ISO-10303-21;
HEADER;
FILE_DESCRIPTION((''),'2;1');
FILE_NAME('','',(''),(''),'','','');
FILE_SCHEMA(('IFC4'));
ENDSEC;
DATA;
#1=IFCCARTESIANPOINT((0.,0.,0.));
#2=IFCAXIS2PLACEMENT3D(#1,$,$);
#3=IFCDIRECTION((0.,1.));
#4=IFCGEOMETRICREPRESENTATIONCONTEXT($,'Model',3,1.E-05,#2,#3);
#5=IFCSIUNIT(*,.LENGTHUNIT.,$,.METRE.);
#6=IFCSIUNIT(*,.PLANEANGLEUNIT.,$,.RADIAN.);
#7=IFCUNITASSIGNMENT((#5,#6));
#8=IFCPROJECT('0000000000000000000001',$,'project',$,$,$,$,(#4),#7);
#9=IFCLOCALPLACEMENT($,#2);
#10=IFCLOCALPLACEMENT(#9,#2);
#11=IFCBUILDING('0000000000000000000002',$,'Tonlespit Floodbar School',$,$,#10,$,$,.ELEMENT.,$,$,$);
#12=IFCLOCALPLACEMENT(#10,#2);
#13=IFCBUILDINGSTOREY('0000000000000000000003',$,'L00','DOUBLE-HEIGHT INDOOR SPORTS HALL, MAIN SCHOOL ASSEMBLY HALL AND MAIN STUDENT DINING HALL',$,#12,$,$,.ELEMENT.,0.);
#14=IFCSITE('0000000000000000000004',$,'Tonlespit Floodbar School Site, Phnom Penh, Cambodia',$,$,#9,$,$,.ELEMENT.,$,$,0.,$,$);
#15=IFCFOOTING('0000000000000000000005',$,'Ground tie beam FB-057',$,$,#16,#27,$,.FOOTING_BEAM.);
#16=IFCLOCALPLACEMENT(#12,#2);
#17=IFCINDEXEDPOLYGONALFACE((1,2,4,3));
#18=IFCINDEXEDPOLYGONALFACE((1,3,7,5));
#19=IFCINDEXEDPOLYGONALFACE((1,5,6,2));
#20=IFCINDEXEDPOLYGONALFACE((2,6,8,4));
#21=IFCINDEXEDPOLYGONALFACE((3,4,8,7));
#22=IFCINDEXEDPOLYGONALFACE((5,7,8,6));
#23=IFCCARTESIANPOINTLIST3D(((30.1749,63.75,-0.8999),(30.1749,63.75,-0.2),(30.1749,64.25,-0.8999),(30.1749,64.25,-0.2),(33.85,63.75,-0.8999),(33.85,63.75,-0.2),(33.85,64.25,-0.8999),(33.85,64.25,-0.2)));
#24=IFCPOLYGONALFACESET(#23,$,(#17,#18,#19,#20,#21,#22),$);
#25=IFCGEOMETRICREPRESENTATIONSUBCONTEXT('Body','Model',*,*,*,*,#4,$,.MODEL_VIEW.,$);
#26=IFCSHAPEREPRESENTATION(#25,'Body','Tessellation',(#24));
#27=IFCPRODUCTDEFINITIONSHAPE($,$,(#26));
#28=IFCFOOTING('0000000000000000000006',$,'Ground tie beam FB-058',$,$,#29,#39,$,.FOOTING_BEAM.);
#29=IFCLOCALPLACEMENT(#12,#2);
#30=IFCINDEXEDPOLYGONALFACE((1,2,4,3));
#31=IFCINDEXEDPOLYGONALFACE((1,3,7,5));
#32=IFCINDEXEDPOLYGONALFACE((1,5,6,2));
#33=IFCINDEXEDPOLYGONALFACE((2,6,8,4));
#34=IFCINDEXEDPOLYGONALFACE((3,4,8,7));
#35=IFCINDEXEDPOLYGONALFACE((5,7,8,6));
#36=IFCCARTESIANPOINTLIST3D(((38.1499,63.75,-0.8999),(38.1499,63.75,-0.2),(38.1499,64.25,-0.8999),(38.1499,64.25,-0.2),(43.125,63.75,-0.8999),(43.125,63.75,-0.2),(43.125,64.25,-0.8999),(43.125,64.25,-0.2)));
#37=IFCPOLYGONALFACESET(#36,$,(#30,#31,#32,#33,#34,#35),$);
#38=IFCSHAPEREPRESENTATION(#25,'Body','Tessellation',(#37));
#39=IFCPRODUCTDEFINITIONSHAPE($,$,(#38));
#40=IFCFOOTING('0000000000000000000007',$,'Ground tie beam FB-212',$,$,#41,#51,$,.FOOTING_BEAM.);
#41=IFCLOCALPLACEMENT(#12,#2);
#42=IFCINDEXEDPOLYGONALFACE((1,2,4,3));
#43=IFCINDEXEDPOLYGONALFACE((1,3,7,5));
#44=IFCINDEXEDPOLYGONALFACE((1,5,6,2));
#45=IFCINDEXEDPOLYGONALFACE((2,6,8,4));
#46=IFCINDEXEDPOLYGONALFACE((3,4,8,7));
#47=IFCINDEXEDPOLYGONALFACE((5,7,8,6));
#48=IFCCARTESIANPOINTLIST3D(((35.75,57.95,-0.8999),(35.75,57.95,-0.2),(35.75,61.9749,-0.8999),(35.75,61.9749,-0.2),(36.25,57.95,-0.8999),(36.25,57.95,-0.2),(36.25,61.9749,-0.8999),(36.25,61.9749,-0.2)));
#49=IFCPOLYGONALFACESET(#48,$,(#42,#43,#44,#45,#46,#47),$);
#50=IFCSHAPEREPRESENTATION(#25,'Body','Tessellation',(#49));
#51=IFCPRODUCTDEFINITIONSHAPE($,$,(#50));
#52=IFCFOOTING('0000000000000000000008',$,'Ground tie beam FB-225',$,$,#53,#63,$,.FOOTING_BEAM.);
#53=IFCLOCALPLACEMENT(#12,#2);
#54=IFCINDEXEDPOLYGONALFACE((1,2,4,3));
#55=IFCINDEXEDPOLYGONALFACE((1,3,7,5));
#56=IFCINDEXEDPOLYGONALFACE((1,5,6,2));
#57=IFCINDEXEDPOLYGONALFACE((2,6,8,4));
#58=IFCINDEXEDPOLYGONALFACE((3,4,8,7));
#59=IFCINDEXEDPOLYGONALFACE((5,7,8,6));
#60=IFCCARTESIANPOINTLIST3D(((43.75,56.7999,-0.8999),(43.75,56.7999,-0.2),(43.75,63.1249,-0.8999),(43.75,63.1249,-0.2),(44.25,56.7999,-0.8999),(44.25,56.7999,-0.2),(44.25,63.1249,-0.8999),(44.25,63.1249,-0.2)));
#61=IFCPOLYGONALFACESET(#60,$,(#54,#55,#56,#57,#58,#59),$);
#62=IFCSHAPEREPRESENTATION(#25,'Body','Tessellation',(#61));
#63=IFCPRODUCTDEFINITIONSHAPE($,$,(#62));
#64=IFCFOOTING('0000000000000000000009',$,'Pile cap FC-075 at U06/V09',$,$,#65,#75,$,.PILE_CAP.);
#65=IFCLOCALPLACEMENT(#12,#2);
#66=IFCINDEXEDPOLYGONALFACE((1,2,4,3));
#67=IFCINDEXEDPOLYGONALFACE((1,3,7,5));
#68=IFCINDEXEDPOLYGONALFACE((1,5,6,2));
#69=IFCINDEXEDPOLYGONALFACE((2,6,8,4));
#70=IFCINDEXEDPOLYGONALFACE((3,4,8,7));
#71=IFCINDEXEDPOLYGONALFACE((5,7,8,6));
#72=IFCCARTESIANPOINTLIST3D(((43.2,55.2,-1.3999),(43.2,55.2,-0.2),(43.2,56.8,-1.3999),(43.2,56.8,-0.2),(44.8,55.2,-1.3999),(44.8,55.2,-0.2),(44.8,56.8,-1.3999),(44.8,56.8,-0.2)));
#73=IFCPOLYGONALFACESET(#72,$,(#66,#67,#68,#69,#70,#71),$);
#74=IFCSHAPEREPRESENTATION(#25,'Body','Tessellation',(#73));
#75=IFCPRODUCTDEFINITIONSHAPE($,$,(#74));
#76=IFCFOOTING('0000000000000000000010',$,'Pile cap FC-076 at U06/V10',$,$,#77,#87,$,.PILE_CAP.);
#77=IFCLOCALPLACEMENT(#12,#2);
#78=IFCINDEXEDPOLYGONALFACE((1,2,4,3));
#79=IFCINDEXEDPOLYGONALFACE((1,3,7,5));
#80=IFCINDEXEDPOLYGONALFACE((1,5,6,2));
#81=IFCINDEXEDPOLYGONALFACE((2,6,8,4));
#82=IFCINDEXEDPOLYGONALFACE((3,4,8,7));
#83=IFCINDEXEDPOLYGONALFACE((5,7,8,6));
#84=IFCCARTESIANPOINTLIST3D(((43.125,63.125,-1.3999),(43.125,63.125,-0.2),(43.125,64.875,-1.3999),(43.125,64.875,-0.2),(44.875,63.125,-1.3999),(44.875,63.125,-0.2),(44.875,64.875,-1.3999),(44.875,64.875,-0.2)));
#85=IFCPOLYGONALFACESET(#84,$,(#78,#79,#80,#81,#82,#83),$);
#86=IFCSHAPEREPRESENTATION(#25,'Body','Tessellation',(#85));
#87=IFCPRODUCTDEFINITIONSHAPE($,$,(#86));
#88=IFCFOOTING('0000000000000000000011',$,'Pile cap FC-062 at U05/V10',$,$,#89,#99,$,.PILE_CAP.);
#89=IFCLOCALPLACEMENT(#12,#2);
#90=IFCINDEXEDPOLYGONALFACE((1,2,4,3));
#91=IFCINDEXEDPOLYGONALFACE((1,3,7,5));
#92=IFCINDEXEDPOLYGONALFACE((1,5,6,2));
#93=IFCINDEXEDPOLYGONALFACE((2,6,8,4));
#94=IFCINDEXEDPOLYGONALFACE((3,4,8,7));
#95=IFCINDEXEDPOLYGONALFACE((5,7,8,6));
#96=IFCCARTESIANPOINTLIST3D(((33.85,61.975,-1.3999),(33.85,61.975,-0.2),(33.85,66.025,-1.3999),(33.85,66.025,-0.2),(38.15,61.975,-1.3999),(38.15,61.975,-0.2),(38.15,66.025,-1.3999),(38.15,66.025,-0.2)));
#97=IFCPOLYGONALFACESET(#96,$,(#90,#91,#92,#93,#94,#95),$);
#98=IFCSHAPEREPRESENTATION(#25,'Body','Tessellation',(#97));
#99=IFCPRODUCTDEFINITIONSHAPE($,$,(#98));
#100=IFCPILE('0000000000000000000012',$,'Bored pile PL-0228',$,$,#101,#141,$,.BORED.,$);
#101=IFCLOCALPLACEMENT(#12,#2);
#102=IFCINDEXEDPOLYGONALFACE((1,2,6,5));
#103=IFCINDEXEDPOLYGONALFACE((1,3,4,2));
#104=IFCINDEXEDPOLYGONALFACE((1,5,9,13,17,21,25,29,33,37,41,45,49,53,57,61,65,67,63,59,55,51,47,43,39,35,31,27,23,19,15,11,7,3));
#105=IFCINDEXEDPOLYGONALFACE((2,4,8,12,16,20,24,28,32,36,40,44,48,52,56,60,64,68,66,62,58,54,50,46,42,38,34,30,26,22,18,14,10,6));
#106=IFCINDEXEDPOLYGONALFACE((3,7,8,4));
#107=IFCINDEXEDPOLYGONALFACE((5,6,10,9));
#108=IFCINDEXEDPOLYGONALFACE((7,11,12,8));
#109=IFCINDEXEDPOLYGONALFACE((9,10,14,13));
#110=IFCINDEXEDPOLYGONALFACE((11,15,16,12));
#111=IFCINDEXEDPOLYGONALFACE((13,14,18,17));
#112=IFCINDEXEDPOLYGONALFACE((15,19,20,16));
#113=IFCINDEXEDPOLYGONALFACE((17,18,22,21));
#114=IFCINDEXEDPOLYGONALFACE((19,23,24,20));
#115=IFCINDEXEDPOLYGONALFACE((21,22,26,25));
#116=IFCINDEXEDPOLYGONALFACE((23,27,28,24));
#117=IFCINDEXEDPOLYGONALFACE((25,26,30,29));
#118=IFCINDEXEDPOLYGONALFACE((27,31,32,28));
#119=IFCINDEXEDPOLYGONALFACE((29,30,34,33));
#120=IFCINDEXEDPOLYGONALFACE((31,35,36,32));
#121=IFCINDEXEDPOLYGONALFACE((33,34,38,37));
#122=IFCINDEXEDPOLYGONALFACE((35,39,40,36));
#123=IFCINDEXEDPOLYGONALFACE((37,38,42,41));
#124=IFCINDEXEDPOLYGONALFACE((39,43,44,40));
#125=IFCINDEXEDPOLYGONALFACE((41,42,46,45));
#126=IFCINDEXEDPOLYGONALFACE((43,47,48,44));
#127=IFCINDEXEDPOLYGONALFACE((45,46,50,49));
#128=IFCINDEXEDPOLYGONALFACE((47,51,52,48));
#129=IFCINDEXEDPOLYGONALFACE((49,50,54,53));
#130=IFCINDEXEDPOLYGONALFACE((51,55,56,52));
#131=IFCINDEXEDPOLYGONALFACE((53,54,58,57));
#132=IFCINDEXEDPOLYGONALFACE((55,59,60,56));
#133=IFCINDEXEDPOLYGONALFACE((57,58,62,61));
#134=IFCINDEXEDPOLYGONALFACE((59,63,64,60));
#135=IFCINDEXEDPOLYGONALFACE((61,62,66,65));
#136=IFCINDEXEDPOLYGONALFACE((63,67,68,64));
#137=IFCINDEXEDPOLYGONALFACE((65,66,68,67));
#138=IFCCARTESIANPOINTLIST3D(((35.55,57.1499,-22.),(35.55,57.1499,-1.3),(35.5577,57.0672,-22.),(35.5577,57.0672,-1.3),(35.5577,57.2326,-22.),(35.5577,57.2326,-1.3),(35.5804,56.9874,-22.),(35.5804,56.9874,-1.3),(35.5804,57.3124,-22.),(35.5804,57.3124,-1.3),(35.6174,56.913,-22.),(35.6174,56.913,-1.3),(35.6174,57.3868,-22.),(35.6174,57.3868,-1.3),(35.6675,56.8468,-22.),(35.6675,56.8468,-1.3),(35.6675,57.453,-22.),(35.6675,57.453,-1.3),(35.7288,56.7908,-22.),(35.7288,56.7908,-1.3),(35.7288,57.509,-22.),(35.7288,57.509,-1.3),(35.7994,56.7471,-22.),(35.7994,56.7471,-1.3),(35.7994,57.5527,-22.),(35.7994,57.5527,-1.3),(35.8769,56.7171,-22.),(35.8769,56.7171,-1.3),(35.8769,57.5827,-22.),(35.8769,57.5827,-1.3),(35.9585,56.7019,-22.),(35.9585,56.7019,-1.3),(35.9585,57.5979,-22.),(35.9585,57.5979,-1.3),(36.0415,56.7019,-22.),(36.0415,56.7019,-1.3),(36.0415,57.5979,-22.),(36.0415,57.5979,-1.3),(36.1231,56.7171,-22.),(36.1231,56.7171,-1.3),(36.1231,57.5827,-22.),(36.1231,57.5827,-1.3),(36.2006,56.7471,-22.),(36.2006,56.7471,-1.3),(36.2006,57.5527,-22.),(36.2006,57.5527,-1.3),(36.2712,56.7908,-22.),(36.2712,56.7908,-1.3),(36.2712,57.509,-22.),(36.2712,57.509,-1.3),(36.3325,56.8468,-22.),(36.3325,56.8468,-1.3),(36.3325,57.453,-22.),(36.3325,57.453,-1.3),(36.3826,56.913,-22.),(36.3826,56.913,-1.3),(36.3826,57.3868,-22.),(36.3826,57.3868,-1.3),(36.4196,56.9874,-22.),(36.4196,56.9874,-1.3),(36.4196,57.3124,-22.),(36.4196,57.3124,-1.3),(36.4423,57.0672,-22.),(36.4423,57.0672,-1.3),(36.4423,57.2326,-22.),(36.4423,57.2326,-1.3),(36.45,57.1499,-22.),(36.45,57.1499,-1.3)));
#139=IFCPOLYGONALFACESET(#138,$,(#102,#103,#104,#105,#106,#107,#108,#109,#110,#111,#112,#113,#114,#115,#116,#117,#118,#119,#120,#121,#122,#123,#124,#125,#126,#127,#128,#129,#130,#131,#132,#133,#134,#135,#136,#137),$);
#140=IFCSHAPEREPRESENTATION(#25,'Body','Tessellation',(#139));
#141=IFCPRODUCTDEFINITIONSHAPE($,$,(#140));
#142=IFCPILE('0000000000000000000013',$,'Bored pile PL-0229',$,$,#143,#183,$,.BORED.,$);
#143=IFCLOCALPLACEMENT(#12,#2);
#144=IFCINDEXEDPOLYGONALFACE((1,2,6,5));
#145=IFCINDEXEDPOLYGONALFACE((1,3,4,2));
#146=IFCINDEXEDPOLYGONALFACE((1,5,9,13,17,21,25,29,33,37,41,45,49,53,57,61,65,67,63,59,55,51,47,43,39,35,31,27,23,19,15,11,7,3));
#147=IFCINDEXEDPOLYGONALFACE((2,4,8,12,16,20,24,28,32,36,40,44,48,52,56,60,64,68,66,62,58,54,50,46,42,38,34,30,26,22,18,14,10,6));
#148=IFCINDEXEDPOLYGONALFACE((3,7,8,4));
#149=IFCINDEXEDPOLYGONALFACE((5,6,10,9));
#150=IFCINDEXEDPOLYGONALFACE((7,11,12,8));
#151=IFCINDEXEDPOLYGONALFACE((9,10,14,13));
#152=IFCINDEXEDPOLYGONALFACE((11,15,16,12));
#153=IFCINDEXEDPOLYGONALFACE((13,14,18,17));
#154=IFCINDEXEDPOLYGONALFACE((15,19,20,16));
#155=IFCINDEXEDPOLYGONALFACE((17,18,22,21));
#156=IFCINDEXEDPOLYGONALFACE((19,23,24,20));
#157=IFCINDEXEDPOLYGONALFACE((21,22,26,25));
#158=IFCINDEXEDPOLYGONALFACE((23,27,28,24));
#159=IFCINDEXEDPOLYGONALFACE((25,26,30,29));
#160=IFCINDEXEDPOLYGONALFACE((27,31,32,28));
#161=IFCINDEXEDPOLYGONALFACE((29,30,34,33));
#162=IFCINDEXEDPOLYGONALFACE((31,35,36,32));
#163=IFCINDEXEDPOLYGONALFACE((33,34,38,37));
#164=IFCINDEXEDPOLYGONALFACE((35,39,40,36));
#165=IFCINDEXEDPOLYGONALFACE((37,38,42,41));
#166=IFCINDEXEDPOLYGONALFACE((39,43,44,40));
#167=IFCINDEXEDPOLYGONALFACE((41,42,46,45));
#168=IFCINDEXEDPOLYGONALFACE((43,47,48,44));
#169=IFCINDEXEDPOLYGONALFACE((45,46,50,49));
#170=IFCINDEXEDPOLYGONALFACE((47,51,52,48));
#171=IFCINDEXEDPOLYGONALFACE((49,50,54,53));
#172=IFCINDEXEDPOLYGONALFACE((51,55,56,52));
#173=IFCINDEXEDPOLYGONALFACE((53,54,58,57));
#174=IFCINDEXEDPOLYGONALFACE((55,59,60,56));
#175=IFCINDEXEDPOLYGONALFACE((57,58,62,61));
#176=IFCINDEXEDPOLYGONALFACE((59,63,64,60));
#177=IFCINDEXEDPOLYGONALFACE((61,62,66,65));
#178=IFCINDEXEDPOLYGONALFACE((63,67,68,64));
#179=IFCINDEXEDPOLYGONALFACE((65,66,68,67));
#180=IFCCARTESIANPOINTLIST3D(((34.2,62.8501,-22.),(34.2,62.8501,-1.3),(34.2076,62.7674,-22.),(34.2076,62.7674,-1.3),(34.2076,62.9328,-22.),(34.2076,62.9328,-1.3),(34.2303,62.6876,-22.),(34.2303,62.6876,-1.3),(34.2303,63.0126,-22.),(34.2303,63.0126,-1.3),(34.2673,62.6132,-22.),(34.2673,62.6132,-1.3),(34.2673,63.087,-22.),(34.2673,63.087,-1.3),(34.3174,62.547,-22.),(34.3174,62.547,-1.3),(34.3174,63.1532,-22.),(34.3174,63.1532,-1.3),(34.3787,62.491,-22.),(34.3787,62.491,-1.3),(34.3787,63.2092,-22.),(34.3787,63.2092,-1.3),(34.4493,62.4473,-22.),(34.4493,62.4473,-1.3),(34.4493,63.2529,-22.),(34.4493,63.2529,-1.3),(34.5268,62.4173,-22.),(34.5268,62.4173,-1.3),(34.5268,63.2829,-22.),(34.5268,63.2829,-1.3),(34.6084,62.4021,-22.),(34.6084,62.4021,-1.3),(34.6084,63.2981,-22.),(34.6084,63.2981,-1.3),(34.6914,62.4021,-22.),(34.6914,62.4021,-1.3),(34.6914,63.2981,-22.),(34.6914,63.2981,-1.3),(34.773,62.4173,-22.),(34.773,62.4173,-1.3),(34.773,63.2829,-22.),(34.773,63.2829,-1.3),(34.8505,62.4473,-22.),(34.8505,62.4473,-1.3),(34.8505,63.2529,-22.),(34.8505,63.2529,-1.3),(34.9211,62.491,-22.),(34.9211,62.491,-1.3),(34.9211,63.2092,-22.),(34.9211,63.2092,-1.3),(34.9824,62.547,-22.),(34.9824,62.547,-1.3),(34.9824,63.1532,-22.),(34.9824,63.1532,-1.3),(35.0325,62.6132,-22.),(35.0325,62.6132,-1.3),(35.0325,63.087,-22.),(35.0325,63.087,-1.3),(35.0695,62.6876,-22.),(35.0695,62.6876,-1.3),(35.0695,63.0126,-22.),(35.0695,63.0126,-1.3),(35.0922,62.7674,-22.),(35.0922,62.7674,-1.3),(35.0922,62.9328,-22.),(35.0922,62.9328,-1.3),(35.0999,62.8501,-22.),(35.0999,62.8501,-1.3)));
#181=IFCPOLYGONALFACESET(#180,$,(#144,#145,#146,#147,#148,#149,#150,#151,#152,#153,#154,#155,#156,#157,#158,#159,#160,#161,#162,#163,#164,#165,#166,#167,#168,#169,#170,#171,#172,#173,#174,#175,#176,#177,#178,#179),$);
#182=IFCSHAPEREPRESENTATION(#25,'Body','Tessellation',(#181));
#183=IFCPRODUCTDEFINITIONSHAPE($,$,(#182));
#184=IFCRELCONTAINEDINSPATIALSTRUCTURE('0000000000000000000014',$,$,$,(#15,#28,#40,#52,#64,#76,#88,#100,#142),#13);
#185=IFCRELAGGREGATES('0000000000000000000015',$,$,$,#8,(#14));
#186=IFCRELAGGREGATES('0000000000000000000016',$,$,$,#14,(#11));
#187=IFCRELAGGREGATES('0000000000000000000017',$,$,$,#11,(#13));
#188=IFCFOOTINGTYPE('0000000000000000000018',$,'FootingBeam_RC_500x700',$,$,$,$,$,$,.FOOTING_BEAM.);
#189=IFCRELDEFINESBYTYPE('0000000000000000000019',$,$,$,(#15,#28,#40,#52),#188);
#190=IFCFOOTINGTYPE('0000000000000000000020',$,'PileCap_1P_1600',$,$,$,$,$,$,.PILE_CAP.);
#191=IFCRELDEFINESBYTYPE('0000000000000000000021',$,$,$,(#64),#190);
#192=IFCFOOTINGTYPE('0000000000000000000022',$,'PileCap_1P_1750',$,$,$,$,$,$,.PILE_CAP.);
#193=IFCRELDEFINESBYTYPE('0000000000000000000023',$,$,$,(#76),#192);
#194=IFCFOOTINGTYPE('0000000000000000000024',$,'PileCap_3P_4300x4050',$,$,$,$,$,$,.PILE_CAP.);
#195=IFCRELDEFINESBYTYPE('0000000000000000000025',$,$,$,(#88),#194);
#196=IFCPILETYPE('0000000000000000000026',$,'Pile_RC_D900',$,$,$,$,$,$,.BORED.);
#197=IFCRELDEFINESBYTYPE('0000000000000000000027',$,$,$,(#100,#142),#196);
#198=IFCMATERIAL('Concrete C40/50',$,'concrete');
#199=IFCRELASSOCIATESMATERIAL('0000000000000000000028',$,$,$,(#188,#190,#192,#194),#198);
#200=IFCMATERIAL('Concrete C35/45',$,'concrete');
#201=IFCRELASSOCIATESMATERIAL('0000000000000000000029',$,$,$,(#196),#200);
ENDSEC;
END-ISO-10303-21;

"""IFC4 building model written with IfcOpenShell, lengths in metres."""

from ifc_helpers import new_model, si_unit, direction, frame, origin, origin_2d, place, context, subcontext, project, spatial, rectangle, circle, extrude, material, material_profile, profile_set, type_object, element, save


model = new_model("IFC4")

# Units and contexts
model_context = context("Model", 3, precision=1e-05, world=origin(), true_north=direction((0.0, 1.0)))
body_context = subcontext(model_context, "Body", "Model", "MODEL_VIEW")
ifc_project = project(units=[si_unit("LENGTHUNIT", "METRE"), si_unit("PLANEANGLEUNIT", "RADIAN")], contexts=[model_context])

# Site, building, storey
site_placement = place(None, origin())
site = spatial("IfcSite", under=ifc_project, at=site_placement, Name="Tonlespit Floodbar School Site, Phnom Penh, Cambodia", CompositionType="ELEMENT", RefElevation=0.0)
building_placement = place(site_placement, origin())
building = spatial("IfcBuilding", under=site, at=building_placement, Name="Tonlespit Floodbar School", CompositionType="ELEMENT")
storey_placement = place(building_placement, origin())
storey = spatial("IfcBuildingStorey", under=building, at=storey_placement, Name="L00", Description="DOUBLE-HEIGHT INDOOR SPORTS HALL, MAIN SCHOOL ASSEMBLY HALL AND MAIN STUDENT DINING HALL", CompositionType="ELEMENT", Elevation=0.0)

# Footings
ifc_material_1 = material(Name="Concrete C40/50", Category="concrete")
footing_type_1 = type_object("IfcFootingType", Name="FootingBeam_RC_500x700", PredefinedType="FOOTING_BEAM", material=ifc_material_1)
footing_1_placement = place(storey_placement, frame((32.0125, 64.0, -0.8999), z_axis=(0.0, 0.0, 1.0), x_axis=(1.0, 0.0, 0.0)))
element("IfcFooting", 1, at=footing_1_placement, inside=storey, type_object=footing_type_1, Name="Ground tie beam FB-057", PredefinedType="FOOTING_BEAM", context=body_context, shape_type="SweptSolid", body=[
    extrude(rectangle(XDim=3.675, YDim=0.5, at=origin_2d()), origin(), (0.0, 0.0, 1.0), 0.7),
])
footing_2_placement = place(storey_placement, frame((40.6375, 64.0, -0.8999), z_axis=(0.0, 0.0, 1.0), x_axis=(1.0, 0.0, 0.0)))
element("IfcFooting", 2, at=footing_2_placement, inside=storey, type_object=footing_type_1, Name="Ground tie beam FB-058", PredefinedType="FOOTING_BEAM", context=body_context, shape_type="SweptSolid", body=[
    extrude(rectangle(XDim=4.9751, YDim=0.5, at=origin_2d()), origin(), (0.0, 0.0, 1.0), 0.7),
])
footing_3_placement = place(storey_placement, frame((36.0, 59.9624, -0.8999), z_axis=(0.0, 0.0, 1.0), x_axis=(0.0, 1.0, 0.0)))
element("IfcFooting", 3, at=footing_3_placement, inside=storey, type_object=footing_type_1, Name="Ground tie beam FB-212", PredefinedType="FOOTING_BEAM", context=body_context, shape_type="SweptSolid", body=[
    extrude(rectangle(XDim=4.0249, YDim=0.5, at=origin_2d()), origin(), (0.0, 0.0, 1.0), 0.7),
])
footing_4_placement = place(storey_placement, frame((44.0, 59.9624, -0.8999), z_axis=(0.0, 0.0, 1.0), x_axis=(0.0, 1.0, 0.0)))
element("IfcFooting", 4, at=footing_4_placement, inside=storey, type_object=footing_type_1, Name="Ground tie beam FB-225", PredefinedType="FOOTING_BEAM", context=body_context, shape_type="SweptSolid", body=[
    extrude(rectangle(XDim=6.325, YDim=0.5, at=origin_2d()), origin(), (0.0, 0.0, 1.0), 0.7),
])
footing_type_2 = type_object("IfcFootingType", Name="PileCap_1P_1600", PredefinedType="PILE_CAP", material=ifc_material_1)
footing_5_placement = place(storey_placement, frame((44.0, 56.0, -1.3999), z_axis=(0.0, 0.0, 1.0), x_axis=(1.0, 0.0, 0.0)))
element("IfcFooting", 5, at=footing_5_placement, inside=storey, type_object=footing_type_2, Name="Pile cap FC-075 at U06/V09", PredefinedType="PILE_CAP", context=body_context, shape_type="SweptSolid", body=[
    extrude(rectangle(XDim=1.6001, YDim=1.6001, at=origin_2d()), origin(), (0.0, 0.0, 1.0), 1.2),
])
footing_type_3 = type_object("IfcFootingType", Name="PileCap_1P_1750", PredefinedType="PILE_CAP", material=ifc_material_1)
footing_6_placement = place(storey_placement, frame((44.0, 64.0, -1.3999), z_axis=(0.0, 0.0, 1.0), x_axis=(1.0, 0.0, 0.0)))
element("IfcFooting", 6, at=footing_6_placement, inside=storey, type_object=footing_type_3, Name="Pile cap FC-076 at U06/V10", PredefinedType="PILE_CAP", context=body_context, shape_type="SweptSolid", body=[
    extrude(rectangle(XDim=1.75, YDim=1.75, at=origin_2d()), origin(), (0.0, 0.0, 1.0), 1.2),
])
footing_type_4 = type_object("IfcFootingType", Name="PileCap_3P_4300x4050", PredefinedType="PILE_CAP", material=ifc_material_1)
footing_7_placement = place(storey_placement, frame((36.0, 64.0, -1.3999), z_axis=(0.0, 0.0, 1.0), x_axis=(1.0, 0.0, 0.0)))
element("IfcFooting", 7, at=footing_7_placement, inside=storey, type_object=footing_type_4, Name="Pile cap FC-062 at U05/V10", PredefinedType="PILE_CAP", context=body_context, shape_type="SweptSolid", body=[
    extrude(rectangle(XDim=4.3, YDim=4.05, at=origin_2d()), origin(), (0.0, 0.0, 1.0), 1.2),
])

# Piles
ifc_material_2 = material(Name="Concrete C35/45", Category="concrete")
ifc_material_profile_1 = material_profile(ifc_material_2, circle(Radius=0.45, at=origin_2d()), Name="BP D900")
ifc_profile_set_1 = profile_set([ifc_material_profile_1], Name="Concrete C35/45")
pile_type = type_object("IfcPileType", Name="Pile_RC_D900", PredefinedType="BORED", material=ifc_profile_set_1)
for number, where, z_axis, x_axis, name in (
    (8, (36.0, 57.1499, -1.3), (0.0, 0.0, -1.0), (1.0, 0.0, 0.0), "Bored pile PL-0228"),
    (9, (34.6499, 62.8501, -1.3), (0.0, 0.0, -1.0), (1.0, 0.0, 0.0), "Bored pile PL-0229"),
):
    element("IfcPile", number, at=place(storey_placement, frame(where, z_axis=z_axis, x_axis=x_axis)), inside=storey, type_object=pile_type, Name=name, PredefinedType="BORED", context=body_context, shape_type="SweptSolid", body=[
        extrude(circle(Radius=0.45, at=origin_2d()), origin(), (0.0, 0.0, 1.0), 20.7),
    ])

save(model, "model.ifc")
